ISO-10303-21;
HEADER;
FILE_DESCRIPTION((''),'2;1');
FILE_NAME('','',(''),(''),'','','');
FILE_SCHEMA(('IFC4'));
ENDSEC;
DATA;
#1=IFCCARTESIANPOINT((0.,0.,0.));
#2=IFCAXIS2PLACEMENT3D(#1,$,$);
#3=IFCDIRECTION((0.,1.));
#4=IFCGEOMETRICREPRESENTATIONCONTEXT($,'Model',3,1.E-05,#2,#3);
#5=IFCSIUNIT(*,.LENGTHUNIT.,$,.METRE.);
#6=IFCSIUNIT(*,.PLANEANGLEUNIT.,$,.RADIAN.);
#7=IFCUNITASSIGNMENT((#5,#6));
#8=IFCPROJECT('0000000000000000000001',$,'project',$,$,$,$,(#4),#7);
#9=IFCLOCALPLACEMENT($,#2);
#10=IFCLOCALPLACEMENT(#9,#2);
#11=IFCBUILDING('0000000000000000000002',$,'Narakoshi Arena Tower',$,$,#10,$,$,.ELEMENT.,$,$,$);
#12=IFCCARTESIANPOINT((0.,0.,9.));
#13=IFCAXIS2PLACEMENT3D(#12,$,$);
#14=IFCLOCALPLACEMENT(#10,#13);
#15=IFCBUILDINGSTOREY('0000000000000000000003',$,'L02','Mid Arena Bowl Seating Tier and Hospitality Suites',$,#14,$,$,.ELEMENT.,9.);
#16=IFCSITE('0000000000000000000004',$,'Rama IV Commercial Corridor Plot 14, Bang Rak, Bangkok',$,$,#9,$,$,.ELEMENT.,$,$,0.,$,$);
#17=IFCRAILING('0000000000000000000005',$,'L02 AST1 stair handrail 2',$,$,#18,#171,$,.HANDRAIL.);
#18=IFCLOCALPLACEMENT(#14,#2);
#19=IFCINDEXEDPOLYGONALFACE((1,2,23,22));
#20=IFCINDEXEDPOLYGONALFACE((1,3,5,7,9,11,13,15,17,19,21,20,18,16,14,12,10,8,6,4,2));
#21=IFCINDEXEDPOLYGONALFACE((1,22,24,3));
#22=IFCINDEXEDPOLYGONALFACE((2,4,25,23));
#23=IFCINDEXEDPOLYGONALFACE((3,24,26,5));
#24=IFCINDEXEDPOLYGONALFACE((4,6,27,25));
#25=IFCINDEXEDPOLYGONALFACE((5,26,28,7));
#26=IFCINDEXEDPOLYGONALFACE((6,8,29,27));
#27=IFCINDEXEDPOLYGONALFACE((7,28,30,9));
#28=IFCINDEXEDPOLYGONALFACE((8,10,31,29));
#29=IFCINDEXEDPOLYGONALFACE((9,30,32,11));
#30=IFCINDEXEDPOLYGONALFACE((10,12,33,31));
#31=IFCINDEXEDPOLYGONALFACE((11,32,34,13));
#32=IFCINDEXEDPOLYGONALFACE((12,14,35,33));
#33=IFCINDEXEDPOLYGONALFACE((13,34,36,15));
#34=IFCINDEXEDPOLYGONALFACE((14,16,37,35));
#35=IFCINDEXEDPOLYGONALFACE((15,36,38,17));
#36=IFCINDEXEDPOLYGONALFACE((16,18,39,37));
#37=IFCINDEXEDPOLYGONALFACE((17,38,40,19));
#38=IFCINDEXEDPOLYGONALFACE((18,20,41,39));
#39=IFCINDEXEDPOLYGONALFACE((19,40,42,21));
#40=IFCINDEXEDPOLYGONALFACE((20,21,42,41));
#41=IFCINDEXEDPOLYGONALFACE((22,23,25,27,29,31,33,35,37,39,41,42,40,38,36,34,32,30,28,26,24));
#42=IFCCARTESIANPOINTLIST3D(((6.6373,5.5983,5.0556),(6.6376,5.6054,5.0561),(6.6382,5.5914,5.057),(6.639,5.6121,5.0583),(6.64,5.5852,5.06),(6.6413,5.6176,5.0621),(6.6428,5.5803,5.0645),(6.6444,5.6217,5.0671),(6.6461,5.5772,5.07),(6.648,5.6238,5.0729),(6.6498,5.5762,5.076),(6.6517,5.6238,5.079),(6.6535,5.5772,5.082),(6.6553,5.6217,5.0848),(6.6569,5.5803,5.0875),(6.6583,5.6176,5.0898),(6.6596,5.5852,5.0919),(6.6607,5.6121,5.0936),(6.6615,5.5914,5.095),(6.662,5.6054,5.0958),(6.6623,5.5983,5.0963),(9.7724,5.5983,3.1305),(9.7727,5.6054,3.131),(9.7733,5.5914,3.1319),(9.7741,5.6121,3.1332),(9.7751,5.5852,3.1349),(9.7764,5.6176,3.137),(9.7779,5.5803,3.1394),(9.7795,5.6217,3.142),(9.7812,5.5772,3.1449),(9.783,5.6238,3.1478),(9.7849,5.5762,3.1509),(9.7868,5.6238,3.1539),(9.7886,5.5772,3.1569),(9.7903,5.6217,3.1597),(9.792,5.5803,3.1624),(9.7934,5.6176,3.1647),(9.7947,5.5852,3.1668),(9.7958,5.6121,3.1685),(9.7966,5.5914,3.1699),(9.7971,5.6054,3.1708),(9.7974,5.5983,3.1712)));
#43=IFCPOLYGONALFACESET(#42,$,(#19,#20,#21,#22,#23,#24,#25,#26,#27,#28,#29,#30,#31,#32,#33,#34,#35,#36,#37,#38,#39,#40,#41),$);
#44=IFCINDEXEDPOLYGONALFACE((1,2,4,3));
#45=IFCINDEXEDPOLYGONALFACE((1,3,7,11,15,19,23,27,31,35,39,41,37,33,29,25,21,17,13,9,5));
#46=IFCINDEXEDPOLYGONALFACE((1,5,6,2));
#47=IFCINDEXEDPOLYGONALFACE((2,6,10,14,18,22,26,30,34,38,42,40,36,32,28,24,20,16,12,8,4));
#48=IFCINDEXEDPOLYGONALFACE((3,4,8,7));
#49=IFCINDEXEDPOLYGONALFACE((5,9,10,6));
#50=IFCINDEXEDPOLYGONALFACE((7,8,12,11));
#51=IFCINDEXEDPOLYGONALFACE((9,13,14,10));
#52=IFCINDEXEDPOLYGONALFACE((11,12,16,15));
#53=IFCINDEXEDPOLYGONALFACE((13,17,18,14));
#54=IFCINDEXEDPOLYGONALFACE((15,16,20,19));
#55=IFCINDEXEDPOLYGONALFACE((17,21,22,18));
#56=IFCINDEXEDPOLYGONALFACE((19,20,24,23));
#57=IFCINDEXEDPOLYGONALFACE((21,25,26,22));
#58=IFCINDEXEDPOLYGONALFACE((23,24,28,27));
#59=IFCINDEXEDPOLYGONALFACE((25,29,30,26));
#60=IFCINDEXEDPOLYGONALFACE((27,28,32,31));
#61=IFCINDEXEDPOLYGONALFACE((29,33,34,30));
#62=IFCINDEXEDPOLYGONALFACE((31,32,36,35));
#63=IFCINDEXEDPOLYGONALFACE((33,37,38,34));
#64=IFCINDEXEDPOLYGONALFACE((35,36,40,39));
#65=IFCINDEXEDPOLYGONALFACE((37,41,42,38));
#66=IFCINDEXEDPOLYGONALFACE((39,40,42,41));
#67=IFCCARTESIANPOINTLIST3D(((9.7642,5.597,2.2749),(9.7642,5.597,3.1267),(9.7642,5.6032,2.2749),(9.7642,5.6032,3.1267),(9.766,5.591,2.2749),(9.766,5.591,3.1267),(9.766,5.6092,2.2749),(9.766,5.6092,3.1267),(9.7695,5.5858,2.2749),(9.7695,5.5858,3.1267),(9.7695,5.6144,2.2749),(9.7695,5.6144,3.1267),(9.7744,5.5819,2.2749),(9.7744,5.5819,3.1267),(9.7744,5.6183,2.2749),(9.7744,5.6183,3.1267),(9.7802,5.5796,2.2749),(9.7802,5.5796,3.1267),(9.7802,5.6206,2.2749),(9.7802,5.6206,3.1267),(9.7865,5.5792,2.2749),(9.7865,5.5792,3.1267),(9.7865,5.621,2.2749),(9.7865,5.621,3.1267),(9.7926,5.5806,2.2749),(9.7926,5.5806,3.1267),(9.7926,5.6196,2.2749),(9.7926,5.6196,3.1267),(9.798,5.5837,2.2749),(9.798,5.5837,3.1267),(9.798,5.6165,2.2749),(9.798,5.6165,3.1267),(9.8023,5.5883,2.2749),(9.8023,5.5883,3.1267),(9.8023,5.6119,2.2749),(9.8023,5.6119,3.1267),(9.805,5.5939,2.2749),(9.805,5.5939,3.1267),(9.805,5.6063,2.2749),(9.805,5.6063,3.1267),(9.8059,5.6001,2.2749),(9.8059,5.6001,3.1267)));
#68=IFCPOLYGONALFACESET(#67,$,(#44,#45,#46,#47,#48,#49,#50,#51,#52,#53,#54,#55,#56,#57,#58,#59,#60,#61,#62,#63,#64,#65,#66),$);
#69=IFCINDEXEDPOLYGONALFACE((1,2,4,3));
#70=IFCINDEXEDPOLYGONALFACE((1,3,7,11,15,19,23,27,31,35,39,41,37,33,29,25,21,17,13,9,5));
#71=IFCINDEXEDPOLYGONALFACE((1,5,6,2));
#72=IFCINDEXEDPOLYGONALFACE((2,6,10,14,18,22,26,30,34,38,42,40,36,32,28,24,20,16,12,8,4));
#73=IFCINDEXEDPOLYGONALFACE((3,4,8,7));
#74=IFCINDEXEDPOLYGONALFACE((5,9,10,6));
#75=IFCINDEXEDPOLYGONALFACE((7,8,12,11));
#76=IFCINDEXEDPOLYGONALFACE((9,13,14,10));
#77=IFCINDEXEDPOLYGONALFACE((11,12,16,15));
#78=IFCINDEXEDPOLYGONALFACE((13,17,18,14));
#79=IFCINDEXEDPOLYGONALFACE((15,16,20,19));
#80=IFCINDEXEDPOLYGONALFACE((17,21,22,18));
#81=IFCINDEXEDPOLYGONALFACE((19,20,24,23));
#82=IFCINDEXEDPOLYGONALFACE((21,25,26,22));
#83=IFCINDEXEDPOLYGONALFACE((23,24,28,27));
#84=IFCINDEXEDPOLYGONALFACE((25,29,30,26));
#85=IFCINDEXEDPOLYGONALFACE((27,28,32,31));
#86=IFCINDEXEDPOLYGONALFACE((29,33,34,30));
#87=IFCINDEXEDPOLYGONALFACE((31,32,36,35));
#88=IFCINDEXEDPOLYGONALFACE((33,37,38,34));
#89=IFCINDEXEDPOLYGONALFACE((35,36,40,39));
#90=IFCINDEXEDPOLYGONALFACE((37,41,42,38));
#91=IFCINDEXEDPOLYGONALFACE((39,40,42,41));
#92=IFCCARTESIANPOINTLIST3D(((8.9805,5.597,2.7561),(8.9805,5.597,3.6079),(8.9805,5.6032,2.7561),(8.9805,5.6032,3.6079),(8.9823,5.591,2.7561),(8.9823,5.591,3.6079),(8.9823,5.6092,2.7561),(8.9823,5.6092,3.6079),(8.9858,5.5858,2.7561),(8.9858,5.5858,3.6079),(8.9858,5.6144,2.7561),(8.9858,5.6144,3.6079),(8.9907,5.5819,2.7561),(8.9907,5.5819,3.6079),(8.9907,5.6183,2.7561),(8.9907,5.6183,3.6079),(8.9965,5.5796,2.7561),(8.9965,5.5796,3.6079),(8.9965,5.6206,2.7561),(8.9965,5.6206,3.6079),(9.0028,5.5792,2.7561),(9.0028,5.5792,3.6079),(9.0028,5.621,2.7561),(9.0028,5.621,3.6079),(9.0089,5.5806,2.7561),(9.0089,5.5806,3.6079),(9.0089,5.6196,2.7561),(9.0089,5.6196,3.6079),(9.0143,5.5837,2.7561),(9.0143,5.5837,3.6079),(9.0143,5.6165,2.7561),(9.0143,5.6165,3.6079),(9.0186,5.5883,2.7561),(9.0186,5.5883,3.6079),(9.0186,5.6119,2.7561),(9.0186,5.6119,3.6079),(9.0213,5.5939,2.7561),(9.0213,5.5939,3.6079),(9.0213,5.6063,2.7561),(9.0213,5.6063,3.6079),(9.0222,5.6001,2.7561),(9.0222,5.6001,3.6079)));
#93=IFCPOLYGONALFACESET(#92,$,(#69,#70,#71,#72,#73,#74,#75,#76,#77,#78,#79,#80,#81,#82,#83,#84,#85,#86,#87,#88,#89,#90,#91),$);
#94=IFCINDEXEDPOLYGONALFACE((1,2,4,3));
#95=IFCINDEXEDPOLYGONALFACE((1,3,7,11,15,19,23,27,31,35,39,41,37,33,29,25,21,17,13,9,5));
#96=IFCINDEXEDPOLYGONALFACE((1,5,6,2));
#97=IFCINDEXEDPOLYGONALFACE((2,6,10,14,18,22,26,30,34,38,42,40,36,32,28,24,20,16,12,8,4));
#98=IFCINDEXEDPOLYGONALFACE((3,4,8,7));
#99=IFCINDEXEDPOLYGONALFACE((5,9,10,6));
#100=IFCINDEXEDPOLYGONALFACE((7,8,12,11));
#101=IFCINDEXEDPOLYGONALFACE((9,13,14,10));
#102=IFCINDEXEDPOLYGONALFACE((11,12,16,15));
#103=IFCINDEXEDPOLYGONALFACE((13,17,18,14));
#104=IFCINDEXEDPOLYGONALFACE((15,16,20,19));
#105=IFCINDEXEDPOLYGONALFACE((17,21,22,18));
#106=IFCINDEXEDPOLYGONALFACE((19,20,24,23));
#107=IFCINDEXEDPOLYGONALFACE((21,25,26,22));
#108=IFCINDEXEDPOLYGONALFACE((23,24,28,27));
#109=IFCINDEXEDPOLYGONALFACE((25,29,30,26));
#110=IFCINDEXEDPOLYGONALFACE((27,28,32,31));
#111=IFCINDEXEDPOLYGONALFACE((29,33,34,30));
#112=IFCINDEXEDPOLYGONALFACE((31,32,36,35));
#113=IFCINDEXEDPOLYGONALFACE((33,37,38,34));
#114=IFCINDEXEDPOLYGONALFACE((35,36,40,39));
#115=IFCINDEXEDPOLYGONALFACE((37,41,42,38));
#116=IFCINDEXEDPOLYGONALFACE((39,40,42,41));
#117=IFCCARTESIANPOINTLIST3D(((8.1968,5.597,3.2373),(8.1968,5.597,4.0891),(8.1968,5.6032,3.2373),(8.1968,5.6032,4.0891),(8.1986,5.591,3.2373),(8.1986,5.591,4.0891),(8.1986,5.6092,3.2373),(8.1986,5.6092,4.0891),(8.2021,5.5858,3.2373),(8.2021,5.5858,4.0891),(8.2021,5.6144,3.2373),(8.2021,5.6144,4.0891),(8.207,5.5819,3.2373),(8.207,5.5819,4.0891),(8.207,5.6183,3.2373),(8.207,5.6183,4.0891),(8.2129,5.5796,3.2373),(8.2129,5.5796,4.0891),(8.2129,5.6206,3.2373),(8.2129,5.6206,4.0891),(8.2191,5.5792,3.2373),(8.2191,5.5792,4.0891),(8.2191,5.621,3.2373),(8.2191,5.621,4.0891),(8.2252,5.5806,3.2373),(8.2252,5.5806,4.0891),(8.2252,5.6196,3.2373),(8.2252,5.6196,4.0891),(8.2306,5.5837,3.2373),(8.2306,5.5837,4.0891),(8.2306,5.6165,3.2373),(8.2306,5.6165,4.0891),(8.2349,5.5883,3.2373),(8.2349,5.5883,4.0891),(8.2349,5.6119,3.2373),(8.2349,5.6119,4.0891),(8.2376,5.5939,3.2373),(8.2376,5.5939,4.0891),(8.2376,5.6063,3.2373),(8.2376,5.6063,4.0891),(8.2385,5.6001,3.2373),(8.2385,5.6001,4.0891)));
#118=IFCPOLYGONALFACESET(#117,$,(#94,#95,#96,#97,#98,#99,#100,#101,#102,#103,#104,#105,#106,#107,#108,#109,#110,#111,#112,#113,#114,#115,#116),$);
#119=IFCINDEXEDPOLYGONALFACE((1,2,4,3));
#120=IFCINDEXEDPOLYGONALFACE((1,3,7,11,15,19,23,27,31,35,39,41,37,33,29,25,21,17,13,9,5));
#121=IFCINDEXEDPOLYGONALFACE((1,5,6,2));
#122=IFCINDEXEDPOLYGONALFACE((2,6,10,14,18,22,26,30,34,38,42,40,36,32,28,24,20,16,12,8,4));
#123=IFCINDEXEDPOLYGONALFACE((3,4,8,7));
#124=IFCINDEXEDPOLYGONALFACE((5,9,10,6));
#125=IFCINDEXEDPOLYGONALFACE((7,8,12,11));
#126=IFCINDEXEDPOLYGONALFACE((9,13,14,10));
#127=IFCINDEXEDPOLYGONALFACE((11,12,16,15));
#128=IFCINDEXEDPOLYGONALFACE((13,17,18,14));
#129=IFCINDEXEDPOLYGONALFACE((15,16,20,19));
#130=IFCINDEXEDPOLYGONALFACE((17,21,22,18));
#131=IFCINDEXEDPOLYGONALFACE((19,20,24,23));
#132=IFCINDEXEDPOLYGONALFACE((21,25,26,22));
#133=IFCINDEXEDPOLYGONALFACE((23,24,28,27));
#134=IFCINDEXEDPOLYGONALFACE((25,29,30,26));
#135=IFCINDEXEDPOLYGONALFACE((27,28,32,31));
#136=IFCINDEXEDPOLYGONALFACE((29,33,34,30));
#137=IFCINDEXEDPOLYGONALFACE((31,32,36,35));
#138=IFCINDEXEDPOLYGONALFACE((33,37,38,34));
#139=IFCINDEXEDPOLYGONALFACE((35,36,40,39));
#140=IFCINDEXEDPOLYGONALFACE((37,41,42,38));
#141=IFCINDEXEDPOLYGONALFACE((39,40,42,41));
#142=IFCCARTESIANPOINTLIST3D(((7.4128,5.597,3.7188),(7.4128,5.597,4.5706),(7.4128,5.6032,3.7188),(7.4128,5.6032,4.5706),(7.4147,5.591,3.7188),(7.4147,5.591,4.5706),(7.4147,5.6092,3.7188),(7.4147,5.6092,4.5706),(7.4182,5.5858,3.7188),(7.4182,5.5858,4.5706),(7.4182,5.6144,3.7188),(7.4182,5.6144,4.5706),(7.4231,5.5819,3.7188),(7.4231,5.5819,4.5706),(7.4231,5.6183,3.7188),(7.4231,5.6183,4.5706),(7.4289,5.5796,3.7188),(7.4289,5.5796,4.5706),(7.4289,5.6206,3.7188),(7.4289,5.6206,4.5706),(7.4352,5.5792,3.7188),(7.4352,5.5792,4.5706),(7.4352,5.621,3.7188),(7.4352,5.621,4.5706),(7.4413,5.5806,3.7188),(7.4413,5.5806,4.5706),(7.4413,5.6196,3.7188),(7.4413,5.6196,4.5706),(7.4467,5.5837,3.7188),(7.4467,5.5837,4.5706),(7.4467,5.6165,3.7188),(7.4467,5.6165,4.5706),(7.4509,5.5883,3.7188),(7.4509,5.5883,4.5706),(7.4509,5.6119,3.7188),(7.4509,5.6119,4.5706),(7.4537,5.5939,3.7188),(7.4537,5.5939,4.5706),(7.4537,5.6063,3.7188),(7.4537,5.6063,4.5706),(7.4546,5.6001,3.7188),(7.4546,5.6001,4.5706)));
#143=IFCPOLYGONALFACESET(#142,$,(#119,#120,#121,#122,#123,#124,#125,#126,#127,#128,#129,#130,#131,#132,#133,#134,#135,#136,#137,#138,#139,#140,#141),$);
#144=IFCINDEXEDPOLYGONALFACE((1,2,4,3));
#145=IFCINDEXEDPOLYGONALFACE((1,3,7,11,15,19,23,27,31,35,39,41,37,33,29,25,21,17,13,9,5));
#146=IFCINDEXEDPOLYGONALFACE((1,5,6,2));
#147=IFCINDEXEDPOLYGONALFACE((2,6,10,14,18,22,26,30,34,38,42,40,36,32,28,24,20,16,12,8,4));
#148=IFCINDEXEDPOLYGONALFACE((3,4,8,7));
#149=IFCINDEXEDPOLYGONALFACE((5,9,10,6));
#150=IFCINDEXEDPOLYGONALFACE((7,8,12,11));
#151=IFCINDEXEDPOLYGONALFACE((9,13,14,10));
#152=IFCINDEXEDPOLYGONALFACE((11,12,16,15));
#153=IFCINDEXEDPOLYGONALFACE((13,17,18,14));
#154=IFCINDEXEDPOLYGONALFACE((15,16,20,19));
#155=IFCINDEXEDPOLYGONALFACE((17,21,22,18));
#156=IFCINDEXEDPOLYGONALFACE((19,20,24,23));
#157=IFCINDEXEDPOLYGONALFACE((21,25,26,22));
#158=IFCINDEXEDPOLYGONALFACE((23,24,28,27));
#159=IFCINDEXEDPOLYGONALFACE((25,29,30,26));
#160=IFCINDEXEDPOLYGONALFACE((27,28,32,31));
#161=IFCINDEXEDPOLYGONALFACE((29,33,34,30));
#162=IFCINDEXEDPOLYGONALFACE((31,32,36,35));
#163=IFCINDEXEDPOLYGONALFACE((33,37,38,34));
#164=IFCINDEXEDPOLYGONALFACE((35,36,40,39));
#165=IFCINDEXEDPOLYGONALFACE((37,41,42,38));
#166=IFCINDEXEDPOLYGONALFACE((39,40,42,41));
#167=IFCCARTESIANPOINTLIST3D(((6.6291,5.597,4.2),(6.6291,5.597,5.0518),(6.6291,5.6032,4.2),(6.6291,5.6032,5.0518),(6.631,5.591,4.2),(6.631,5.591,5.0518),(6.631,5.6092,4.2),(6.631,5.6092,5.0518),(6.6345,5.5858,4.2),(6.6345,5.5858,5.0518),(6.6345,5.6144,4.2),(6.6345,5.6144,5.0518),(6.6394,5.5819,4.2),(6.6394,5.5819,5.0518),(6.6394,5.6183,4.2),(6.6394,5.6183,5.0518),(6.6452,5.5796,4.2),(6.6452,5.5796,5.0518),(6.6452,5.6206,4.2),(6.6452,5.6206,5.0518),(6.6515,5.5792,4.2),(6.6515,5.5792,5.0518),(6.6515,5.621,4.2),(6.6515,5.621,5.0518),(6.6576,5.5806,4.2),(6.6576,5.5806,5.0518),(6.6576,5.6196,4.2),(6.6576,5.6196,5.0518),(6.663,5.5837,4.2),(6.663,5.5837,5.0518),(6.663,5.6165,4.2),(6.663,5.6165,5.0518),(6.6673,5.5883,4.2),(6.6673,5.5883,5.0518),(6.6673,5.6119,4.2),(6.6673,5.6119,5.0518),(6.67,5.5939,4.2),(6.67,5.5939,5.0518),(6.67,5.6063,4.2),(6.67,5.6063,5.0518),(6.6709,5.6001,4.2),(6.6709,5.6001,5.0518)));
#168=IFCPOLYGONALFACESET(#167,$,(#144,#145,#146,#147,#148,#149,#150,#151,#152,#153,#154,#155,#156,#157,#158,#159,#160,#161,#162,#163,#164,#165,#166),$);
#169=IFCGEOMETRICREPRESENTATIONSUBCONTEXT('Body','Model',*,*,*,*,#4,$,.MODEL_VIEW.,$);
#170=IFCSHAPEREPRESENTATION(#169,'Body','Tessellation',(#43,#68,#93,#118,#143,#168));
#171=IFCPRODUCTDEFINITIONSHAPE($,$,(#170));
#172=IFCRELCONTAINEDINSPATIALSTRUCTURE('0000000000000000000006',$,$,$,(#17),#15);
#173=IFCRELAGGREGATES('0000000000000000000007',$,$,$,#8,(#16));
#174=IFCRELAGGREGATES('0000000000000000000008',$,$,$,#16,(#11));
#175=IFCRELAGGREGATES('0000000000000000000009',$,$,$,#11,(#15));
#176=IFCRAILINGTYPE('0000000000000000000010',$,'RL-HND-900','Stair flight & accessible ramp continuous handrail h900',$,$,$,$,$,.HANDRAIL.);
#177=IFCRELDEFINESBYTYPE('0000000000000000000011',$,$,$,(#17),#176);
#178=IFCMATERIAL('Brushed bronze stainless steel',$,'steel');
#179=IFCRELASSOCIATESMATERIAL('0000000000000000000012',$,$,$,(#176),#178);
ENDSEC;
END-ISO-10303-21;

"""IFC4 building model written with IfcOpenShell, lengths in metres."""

from ifc_helpers import new_model, si_unit, direction, frame, origin, origin_2d, place, context, subcontext, project, spatial, circle, extrude, material, type_object, element, save


model = new_model("IFC4")

# Units and contexts
model_context = context("Model", 3, precision=1e-05, world=origin(), true_north=direction((0.0, 1.0)))
body_context = subcontext(model_context, "Body", "Model", "MODEL_VIEW")
ifc_project = project(units=[si_unit("LENGTHUNIT", "METRE"), si_unit("PLANEANGLEUNIT", "RADIAN")], contexts=[model_context])

# Site, building, storey
site_placement = place(None, origin())
site = spatial("IfcSite", under=ifc_project, at=site_placement, Name="Rama IV Commercial Corridor Plot 14, Bang Rak, Bangkok", CompositionType="ELEMENT", RefElevation=0.0)
building_placement = place(site_placement, origin())
building = spatial("IfcBuilding", under=site, at=building_placement, Name="Narakoshi Arena Tower", CompositionType="ELEMENT")
storey_placement = place(building_placement, frame((0.0, 0.0, 9.0)))
storey = spatial("IfcBuildingStorey", under=building, at=storey_placement, Name="L02", Description="Mid Arena Bowl Seating Tier and Hospitality Suites", CompositionType="ELEMENT", Elevation=9.0)

# Railing
ifc_material_1 = material(Name="Brushed bronze stainless steel", Category="steel")
railing_type_1 = type_object("IfcRailingType", Name="RL-HND-900", Description="Stair flight & accessible ramp continuous handrail h900", PredefinedType="HANDRAIL", material=ifc_material_1)
for number, where, name in (
    (1, (9.7849, 5.6001, 2.2749), "L02 AST1 stair handrail 2"),
):
    element("IfcRailing", number, at=place(storey_placement, frame(where)), inside=storey, type_object=railing_type_1, Name=name, PredefinedType="HANDRAIL", context=body_context, shape_type="SweptSolid", body=[
        extrude(circle(Radius=0.0239, at=origin_2d()), frame((0.0, 0.0, 0.876), z_axis=(-0.852166, 0.0, 0.523271), x_axis=(0.0, -1.0, 0.0)), (0.0, 0.0, 1.0), 3.679),
        extrude(circle(Radius=0.021, at=origin_2d()), origin(), (0.0, 0.0, 1.0), 0.8518),
        extrude(circle(Radius=0.021, at=origin_2d()), frame((-0.7837, 0.0, 0.4812)), (0.0, 0.0, 1.0), 0.8518),
        extrude(circle(Radius=0.021, at=origin_2d()), frame((-1.5674, 0.0, 0.9624)), (0.0, 0.0, 1.0), 0.8518),
        extrude(circle(Radius=0.021, at=origin_2d()), frame((-2.3513, 0.0, 1.4438)), (0.0, 0.0, 1.0), 0.8518),
        extrude(circle(Radius=0.021, at=origin_2d()), frame((-3.135, 0.0, 1.925)), (0.0, 0.0, 1.0), 0.8518),
    ])

save(model, "model.ifc")
